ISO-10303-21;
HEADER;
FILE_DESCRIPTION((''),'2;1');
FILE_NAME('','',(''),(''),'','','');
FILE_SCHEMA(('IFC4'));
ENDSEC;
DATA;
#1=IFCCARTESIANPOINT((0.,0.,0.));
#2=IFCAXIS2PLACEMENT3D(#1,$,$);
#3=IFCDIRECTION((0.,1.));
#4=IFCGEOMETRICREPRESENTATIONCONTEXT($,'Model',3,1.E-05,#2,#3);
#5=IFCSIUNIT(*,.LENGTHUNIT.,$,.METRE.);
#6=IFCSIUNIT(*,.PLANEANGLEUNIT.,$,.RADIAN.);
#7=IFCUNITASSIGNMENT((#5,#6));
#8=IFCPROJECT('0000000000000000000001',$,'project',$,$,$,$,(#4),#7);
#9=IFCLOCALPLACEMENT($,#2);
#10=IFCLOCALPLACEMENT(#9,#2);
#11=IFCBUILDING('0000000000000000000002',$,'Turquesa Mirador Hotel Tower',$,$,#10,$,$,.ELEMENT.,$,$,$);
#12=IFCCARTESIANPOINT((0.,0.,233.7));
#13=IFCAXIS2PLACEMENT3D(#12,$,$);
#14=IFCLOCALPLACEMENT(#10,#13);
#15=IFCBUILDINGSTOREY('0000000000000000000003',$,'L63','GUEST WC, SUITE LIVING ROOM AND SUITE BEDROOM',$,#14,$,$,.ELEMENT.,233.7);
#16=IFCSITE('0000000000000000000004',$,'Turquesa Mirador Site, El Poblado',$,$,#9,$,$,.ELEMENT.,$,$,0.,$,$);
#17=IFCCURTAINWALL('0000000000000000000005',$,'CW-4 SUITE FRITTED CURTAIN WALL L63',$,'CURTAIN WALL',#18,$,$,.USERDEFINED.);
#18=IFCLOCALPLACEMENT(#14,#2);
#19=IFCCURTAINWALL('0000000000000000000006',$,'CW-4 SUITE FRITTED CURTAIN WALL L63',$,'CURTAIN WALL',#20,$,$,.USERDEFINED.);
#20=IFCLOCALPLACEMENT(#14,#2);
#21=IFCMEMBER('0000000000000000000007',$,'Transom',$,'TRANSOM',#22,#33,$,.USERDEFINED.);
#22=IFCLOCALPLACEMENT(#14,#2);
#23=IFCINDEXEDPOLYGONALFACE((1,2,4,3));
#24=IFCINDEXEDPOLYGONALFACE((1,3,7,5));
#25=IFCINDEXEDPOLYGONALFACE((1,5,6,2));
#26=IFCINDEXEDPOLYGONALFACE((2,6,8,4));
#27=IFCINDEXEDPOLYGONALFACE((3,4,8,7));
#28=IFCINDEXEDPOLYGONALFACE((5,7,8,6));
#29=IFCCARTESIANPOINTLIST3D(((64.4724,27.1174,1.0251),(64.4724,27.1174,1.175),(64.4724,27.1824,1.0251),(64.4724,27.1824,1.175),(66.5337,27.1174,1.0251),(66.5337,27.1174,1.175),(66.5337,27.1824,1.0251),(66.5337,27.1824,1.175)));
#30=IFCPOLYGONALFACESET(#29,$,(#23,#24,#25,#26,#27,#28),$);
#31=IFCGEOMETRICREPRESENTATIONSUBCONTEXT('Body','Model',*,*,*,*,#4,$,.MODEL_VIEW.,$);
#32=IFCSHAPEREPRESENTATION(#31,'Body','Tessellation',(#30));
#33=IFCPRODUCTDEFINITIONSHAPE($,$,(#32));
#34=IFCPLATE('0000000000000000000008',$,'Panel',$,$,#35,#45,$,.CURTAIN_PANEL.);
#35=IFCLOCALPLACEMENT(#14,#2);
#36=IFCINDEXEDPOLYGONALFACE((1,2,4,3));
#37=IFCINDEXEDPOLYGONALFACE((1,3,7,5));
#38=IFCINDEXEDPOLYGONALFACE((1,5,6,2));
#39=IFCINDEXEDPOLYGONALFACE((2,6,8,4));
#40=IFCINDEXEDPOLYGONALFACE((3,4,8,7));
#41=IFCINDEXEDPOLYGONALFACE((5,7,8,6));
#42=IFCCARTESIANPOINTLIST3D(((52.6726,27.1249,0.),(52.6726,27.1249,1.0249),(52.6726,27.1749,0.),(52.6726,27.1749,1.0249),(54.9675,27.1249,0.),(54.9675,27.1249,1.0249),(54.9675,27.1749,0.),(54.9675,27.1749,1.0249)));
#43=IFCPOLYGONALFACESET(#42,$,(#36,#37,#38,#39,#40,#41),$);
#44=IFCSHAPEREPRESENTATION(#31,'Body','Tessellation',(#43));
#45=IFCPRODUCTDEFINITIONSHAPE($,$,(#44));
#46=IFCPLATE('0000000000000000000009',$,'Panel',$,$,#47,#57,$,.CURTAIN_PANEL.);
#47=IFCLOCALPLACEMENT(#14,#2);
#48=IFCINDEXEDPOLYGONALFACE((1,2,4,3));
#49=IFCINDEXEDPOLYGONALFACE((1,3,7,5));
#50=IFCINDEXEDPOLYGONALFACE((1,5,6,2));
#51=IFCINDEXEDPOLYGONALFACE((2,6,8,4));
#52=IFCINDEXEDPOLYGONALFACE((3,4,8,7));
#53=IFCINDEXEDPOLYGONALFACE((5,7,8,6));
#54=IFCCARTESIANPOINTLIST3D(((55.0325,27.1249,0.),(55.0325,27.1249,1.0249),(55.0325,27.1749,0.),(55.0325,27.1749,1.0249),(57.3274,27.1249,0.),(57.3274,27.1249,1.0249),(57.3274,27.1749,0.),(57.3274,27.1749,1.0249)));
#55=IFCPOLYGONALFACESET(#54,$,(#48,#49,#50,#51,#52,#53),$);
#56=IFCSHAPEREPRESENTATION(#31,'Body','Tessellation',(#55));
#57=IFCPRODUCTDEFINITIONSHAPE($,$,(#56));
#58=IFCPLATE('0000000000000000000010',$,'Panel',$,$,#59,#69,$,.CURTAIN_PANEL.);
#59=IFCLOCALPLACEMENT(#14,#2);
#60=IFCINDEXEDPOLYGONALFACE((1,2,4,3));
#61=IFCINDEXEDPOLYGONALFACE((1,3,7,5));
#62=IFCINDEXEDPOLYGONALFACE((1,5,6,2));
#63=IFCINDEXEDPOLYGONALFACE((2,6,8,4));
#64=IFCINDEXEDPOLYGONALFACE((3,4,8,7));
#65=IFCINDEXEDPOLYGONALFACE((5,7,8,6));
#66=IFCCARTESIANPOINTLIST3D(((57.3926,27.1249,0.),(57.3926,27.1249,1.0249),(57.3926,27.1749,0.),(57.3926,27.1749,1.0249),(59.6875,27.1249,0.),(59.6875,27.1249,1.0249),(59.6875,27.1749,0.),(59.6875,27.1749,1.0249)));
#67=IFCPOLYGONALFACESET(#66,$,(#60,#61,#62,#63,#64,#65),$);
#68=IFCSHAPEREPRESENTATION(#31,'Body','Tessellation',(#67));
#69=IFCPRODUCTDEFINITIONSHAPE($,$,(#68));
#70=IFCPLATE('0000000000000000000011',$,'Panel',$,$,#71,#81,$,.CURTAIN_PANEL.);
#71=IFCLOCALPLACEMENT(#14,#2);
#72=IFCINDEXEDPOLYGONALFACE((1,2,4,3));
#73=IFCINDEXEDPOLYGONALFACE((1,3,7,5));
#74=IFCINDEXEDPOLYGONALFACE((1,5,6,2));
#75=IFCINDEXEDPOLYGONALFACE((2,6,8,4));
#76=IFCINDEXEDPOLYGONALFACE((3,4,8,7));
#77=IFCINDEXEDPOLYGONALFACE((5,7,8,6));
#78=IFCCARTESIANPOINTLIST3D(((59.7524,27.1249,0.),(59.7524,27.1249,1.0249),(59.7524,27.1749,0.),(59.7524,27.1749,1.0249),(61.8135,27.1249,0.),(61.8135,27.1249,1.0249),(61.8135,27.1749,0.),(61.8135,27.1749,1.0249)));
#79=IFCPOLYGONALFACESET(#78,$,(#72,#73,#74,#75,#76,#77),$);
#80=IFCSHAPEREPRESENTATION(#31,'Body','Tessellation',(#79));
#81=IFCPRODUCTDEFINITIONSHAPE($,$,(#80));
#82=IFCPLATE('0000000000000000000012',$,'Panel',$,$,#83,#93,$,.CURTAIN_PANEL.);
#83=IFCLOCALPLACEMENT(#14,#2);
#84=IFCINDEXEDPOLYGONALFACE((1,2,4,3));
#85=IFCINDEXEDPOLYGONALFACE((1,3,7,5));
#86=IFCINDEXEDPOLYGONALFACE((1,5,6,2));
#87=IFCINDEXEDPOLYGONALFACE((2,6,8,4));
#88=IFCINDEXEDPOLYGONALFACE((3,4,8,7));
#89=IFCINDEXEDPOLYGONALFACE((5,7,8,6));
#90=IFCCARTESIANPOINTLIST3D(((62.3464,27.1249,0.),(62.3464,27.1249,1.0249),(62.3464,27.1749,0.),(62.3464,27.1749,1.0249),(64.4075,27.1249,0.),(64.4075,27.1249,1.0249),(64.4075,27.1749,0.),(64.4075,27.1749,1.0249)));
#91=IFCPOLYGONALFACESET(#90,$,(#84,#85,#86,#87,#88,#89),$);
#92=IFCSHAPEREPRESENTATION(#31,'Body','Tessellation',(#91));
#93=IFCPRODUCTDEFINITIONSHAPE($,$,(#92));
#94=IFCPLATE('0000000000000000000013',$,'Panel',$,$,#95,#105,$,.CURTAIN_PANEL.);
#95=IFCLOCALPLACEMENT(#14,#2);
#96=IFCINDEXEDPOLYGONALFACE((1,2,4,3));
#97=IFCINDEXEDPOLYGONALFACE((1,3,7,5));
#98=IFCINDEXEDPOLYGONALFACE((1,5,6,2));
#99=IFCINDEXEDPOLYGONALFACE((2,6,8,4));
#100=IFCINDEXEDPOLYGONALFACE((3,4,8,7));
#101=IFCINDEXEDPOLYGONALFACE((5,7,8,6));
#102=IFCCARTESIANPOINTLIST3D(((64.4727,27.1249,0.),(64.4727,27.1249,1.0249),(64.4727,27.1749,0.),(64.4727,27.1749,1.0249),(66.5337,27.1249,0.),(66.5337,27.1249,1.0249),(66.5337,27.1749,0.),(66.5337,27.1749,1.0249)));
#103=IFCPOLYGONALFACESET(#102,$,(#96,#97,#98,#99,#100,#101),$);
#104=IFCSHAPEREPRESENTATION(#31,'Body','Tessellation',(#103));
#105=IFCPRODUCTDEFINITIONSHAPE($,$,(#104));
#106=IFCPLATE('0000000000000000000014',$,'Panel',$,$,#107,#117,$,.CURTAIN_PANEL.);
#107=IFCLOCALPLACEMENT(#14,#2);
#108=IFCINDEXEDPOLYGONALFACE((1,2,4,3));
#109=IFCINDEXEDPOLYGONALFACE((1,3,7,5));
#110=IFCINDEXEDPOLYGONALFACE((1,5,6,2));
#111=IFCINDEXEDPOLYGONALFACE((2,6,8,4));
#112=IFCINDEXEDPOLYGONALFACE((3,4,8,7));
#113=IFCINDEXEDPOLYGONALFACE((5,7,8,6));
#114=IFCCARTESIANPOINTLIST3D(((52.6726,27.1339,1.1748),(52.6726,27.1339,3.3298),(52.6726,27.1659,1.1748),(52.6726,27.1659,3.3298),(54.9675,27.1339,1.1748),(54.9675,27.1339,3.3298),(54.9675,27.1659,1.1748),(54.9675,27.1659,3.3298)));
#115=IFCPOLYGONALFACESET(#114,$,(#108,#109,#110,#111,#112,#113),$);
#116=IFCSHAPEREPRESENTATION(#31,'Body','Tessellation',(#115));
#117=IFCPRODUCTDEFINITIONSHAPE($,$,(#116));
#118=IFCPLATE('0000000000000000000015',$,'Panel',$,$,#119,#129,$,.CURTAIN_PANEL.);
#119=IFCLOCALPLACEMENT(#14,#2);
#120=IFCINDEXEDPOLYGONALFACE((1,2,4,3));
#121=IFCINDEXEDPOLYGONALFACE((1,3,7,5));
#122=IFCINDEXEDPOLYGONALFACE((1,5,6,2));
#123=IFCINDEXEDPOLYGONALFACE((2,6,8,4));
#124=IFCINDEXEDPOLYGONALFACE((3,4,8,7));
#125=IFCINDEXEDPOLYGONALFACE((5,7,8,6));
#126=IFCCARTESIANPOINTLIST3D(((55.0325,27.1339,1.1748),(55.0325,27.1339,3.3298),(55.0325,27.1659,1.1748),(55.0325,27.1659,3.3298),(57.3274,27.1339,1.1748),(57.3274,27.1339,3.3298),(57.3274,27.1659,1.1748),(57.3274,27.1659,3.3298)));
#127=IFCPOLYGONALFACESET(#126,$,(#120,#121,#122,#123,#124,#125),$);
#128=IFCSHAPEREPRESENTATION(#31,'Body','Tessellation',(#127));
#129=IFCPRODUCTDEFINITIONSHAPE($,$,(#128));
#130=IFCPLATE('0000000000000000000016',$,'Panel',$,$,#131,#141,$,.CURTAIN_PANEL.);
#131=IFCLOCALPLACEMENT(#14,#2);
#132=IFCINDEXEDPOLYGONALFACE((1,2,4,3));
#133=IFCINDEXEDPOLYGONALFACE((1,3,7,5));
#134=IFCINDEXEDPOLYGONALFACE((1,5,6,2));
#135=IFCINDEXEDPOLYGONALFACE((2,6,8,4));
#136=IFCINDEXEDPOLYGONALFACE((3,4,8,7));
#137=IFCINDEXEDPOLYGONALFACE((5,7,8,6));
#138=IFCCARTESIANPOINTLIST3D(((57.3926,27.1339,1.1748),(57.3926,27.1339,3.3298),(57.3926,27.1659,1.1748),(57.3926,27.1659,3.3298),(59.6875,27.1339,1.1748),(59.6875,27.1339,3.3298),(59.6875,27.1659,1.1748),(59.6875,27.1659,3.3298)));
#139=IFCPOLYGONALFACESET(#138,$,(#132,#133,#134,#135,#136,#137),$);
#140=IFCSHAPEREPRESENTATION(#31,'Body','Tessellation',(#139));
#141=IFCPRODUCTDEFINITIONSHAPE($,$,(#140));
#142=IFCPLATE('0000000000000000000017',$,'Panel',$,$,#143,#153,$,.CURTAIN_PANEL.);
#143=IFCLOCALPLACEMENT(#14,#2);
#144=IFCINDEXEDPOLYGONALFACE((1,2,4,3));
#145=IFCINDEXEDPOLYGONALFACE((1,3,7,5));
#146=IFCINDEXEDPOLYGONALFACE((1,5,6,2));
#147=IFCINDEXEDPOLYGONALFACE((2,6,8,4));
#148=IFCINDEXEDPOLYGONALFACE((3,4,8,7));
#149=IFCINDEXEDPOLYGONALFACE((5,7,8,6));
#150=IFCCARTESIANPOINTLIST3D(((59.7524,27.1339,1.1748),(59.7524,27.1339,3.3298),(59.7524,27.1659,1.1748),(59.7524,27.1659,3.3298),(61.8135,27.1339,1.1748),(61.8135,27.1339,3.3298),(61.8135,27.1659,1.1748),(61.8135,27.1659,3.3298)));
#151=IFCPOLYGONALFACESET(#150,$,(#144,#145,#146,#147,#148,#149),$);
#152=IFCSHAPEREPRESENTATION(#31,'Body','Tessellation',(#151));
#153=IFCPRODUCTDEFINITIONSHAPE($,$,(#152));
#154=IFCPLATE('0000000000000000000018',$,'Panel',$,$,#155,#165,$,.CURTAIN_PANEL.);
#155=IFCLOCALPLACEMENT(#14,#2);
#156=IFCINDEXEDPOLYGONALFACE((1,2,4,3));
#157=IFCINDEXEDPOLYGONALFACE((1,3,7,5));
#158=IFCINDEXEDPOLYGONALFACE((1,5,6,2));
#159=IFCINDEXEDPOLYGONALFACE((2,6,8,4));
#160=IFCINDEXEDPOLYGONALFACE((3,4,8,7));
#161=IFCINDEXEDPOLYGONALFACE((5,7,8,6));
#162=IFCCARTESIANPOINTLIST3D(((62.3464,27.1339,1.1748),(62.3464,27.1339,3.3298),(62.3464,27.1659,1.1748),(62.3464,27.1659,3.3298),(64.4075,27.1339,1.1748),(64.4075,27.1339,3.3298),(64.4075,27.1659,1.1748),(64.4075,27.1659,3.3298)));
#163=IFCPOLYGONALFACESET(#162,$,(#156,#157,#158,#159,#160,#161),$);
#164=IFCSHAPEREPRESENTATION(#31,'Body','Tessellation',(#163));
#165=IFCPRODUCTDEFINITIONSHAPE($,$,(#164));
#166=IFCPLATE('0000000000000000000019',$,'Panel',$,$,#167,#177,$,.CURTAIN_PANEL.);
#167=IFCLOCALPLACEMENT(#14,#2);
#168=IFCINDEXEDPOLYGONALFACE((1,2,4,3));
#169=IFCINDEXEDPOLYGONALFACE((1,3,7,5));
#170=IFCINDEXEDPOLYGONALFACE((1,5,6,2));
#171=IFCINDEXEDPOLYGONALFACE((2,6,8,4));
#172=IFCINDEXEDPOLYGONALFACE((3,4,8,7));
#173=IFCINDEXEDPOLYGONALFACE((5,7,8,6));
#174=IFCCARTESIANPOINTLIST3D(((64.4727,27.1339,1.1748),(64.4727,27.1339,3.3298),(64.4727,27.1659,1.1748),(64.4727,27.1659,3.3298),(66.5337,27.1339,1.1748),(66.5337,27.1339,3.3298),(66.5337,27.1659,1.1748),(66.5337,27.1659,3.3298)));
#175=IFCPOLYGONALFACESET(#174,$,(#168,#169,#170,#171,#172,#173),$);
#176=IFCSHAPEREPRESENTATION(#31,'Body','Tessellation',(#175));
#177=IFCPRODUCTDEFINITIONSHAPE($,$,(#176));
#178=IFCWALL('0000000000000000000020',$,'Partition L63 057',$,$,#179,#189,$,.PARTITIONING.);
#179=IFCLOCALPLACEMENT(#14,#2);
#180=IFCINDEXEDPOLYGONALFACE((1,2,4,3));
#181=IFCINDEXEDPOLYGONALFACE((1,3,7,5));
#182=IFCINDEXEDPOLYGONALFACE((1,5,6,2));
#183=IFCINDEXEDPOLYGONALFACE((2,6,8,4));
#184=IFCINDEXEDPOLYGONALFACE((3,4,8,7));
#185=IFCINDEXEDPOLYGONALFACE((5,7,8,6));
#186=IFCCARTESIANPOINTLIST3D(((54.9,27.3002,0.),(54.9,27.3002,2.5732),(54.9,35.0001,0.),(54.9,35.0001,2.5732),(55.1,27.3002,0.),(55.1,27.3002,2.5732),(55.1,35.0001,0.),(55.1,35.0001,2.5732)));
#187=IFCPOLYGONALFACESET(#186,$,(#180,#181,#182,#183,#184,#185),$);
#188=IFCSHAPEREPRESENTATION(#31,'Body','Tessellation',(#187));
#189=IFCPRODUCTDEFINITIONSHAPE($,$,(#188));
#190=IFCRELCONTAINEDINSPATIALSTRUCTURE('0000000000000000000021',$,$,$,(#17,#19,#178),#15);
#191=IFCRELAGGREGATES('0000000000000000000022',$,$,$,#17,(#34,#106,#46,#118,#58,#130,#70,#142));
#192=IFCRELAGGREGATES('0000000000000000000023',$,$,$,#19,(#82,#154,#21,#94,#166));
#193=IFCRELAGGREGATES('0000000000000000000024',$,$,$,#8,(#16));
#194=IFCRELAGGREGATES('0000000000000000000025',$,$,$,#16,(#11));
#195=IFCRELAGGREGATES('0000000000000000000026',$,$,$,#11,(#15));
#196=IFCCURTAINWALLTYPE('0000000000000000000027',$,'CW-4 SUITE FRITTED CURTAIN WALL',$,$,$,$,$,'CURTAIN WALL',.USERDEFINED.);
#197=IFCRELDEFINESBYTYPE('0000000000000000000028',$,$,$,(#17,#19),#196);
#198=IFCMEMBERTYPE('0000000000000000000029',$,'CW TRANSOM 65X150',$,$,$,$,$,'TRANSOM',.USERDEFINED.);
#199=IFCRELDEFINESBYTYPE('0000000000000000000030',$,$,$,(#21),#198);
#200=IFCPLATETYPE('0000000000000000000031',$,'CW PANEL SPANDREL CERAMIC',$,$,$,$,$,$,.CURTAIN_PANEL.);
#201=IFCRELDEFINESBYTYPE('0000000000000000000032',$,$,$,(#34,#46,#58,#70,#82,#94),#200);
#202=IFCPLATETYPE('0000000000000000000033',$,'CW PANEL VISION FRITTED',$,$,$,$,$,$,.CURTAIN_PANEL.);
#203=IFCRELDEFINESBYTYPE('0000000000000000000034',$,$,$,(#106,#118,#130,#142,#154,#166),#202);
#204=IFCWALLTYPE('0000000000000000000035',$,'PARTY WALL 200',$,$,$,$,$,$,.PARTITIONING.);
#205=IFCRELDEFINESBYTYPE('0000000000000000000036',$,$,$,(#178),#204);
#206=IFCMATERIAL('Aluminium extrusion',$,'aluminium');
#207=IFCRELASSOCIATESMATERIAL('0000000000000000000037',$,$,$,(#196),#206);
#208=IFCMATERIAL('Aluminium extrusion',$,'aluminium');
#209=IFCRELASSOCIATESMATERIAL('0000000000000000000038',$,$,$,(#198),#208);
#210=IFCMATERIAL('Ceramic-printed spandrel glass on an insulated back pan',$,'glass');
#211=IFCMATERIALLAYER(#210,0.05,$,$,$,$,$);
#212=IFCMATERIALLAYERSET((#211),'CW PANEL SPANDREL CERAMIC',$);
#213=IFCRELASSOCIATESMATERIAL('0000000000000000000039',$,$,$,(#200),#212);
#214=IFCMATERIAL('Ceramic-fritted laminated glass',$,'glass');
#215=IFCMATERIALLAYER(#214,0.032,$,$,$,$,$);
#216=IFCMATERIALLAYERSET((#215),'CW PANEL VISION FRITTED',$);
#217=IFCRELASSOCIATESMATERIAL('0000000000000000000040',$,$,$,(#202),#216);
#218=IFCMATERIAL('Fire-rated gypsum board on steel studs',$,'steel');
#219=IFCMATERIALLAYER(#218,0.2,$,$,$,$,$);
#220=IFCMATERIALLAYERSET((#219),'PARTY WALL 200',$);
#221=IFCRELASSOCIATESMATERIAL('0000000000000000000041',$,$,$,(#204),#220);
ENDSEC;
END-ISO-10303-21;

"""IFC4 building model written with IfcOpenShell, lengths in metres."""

from ifc_helpers import new_model, si_unit, direction, frame, frame_2d, origin, origin_2d, place, context, subcontext, project, spatial, rectangle, extrude, material, layer, layer_set, material_profile, profile_set, type_object, element, aggregate, save


model = new_model("IFC4")

# Units and contexts
model_context = context("Model", 3, precision=1e-05, world=origin(), true_north=direction((0.0, 1.0)))
body_context = subcontext(model_context, "Body", "Model", "MODEL_VIEW")
ifc_project = project(units=[si_unit("LENGTHUNIT", "METRE"), si_unit("PLANEANGLEUNIT", "RADIAN")], contexts=[model_context])

# Site, building, storey
site_placement = place(None, origin())
site = spatial("IfcSite", under=ifc_project, at=site_placement, Name="Turquesa Mirador Site, El Poblado", CompositionType="ELEMENT", RefElevation=0.0)
building_placement = place(site_placement, origin())
building = spatial("IfcBuilding", under=site, at=building_placement, Name="Turquesa Mirador Hotel Tower", CompositionType="ELEMENT")
storey_placement = place(building_placement, frame((0.0, 0.0, 233.7)))
storey = spatial("IfcBuildingStorey", under=building, at=storey_placement, Name="L63", Description="GUEST WC, SUITE LIVING ROOM AND SUITE BEDROOM", CompositionType="ELEMENT", Elevation=233.7)

# Curtain walls
ifc_material_1 = material(Name="Aluminium extrusion", Category="aluminium")
curtain_wall_type = type_object("IfcCurtainWallType", Name="CW-4 SUITE FRITTED CURTAIN WALL", ElementType="CURTAIN WALL", PredefinedType="USERDEFINED", material=ifc_material_1)
curtain_wall_1_placement = place(storey_placement, origin())
curtain_wall_1 = element("IfcCurtainWall", 1, at=curtain_wall_1_placement, inside=storey, type_object=curtain_wall_type, Name="CW-4 SUITE FRITTED CURTAIN WALL L63", ObjectType="CURTAIN WALL", PredefinedType="USERDEFINED")
curtain_wall_2_placement = place(storey_placement, origin())
curtain_wall_2 = element("IfcCurtainWall", 2, at=curtain_wall_2_placement, inside=storey, type_object=curtain_wall_type, Name="CW-4 SUITE FRITTED CURTAIN WALL L63", ObjectType="CURTAIN WALL", PredefinedType="USERDEFINED")

# Member
ifc_material_2 = material(Name="Aluminium extrusion", Category="aluminium")
ifc_material_profile_1 = material_profile(ifc_material_2, rectangle(XDim=0.0649, YDim=0.1499, at=origin_2d()), Name="TRANSOM 65X150")
ifc_profile_set_1 = profile_set([ifc_material_profile_1], Name="Aluminium extrusion")
member_type_1 = type_object("IfcMemberType", Name="CW TRANSOM 65X150", ElementType="TRANSOM", PredefinedType="USERDEFINED", material=ifc_profile_set_1)
member_1_placement = place(storey_placement, frame((64.4724, 27.1499, 1.1001), z_axis=(1.0, 0.0, 0.0), x_axis=(0.0, 1.0, 0.0)))
member_1 = element("IfcMember", 3, at=member_1_placement, type_object=member_type_1, Name="Transom", ObjectType="TRANSOM", PredefinedType="USERDEFINED", context=body_context, shape_type="SweptSolid", body=[
    extrude(rectangle(XDim=0.0649, YDim=0.1499, at=origin_2d()), origin(), (0.0, 0.0, 1.0), 2.0613),
])

# Plates
ifc_material_3 = material(Name="Ceramic-printed spandrel glass on an insulated back pan", Category="glass")
ifc_layer_1 = layer(ifc_material_3, 0.05)
ifc_layer_set_1 = layer_set([ifc_layer_1], Name="CW PANEL SPANDREL CERAMIC")
plate_type_1 = type_object("IfcPlateType", Name="CW PANEL SPANDREL CERAMIC", PredefinedType="CURTAIN_PANEL", material=ifc_layer_set_1)
plate_1_placement = place(storey_placement, frame((53.8201, 27.1499, 0.0), z_axis=(0.0, 0.0, 1.0), x_axis=(1.0, 0.0, 0.0)))
plate_1 = element("IfcPlate", 4, at=plate_1_placement, type_object=plate_type_1, Name="Panel", PredefinedType="CURTAIN_PANEL", context=body_context, shape_type="SweptSolid", body=[
    extrude(rectangle(XDim=2.2949, YDim=0.05, at=origin_2d()), origin(), (0.0, 0.0, 1.0), 1.0249),
])
plate_2_placement = place(storey_placement, frame((56.1799, 27.1499, 0.0), z_axis=(0.0, 0.0, 1.0), x_axis=(1.0, 0.0, 0.0)))
plate_2 = element("IfcPlate", 5, at=plate_2_placement, type_object=plate_type_1, Name="Panel", PredefinedType="CURTAIN_PANEL", context=body_context, shape_type="SweptSolid", body=[
    extrude(rectangle(XDim=2.2949, YDim=0.05, at=origin_2d()), origin(), (0.0, 0.0, 1.0), 1.0249),
])
plate_3_placement = place(storey_placement, frame((58.54, 27.1499, 0.0), z_axis=(0.0, 0.0, 1.0), x_axis=(1.0, 0.0, 0.0)))
plate_3 = element("IfcPlate", 6, at=plate_3_placement, type_object=plate_type_1, Name="Panel", PredefinedType="CURTAIN_PANEL", context=body_context, shape_type="SweptSolid", body=[
    extrude(rectangle(XDim=2.2949, YDim=0.05, at=origin_2d()), origin(), (0.0, 0.0, 1.0), 1.0249),
])
plate_4_placement = place(storey_placement, frame((60.783, 27.1499, 0.0), z_axis=(0.0, 0.0, 1.0), x_axis=(1.0, 0.0, 0.0)))
plate_4 = element("IfcPlate", 7, at=plate_4_placement, type_object=plate_type_1, Name="Panel", PredefinedType="CURTAIN_PANEL", context=body_context, shape_type="SweptSolid", body=[
    extrude(rectangle(XDim=2.061, YDim=0.05, at=origin_2d()), origin(), (0.0, 0.0, 1.0), 1.0249),
])
plate_5_placement = place(storey_placement, frame((63.377, 27.1499, 0.0), z_axis=(0.0, 0.0, 1.0), x_axis=(1.0, 0.0, 0.0)))
plate_5 = element("IfcPlate", 8, at=plate_5_placement, type_object=plate_type_1, Name="Panel", PredefinedType="CURTAIN_PANEL", context=body_context, shape_type="SweptSolid", body=[
    extrude(rectangle(XDim=2.061, YDim=0.05, at=origin_2d()), origin(), (0.0, 0.0, 1.0), 1.0249),
])
plate_6_placement = place(storey_placement, frame((65.5032, 27.1499, 0.0), z_axis=(0.0, 0.0, 1.0), x_axis=(1.0, 0.0, 0.0)))
plate_6 = element("IfcPlate", 9, at=plate_6_placement, type_object=plate_type_1, Name="Panel", PredefinedType="CURTAIN_PANEL", context=body_context, shape_type="SweptSolid", body=[
    extrude(rectangle(XDim=2.061, YDim=0.05, at=origin_2d()), origin(), (0.0, 0.0, 1.0), 1.0249),
])
ifc_material_4 = material(Name="Ceramic-fritted laminated glass", Category="glass")
ifc_layer_2 = layer(ifc_material_4, 0.032)
ifc_layer_set_2 = layer_set([ifc_layer_2], Name="CW PANEL VISION FRITTED")
plate_type_2 = type_object("IfcPlateType", Name="CW PANEL VISION FRITTED", PredefinedType="CURTAIN_PANEL", material=ifc_layer_set_2)
plate_7_placement = place(storey_placement, frame((53.8201, 27.1499, 1.1748), z_axis=(0.0, 0.0, 1.0), x_axis=(1.0, 0.0, 0.0)))
plate_7 = element("IfcPlate", 10, at=plate_7_placement, type_object=plate_type_2, Name="Panel", PredefinedType="CURTAIN_PANEL", context=body_context, shape_type="SweptSolid", body=[
    extrude(rectangle(XDim=2.2949, YDim=0.032, at=origin_2d()), origin(), (0.0, 0.0, 1.0), 2.155),
])
plate_8_placement = place(storey_placement, frame((56.1799, 27.1499, 1.1748), z_axis=(0.0, 0.0, 1.0), x_axis=(1.0, 0.0, 0.0)))
plate_8 = element("IfcPlate", 11, at=plate_8_placement, type_object=plate_type_2, Name="Panel", PredefinedType="CURTAIN_PANEL", context=body_context, shape_type="SweptSolid", body=[
    extrude(rectangle(XDim=2.2949, YDim=0.032, at=origin_2d()), origin(), (0.0, 0.0, 1.0), 2.155),
])
plate_9_placement = place(storey_placement, frame((58.54, 27.1499, 1.1748), z_axis=(0.0, 0.0, 1.0), x_axis=(1.0, 0.0, 0.0)))
plate_9 = element("IfcPlate", 12, at=plate_9_placement, type_object=plate_type_2, Name="Panel", PredefinedType="CURTAIN_PANEL", context=body_context, shape_type="SweptSolid", body=[
    extrude(rectangle(XDim=2.2949, YDim=0.032, at=origin_2d()), origin(), (0.0, 0.0, 1.0), 2.155),
])
plate_10_placement = place(storey_placement, frame((60.783, 27.1499, 1.1748), z_axis=(0.0, 0.0, 1.0), x_axis=(1.0, 0.0, 0.0)))
plate_10 = element("IfcPlate", 13, at=plate_10_placement, type_object=plate_type_2, Name="Panel", PredefinedType="CURTAIN_PANEL", context=body_context, shape_type="SweptSolid", body=[
    extrude(rectangle(XDim=2.061, YDim=0.032, at=origin_2d()), origin(), (0.0, 0.0, 1.0), 2.155),
])
aggregate(curtain_wall_1, [plate_1, plate_7, plate_2, plate_8, plate_3, plate_9, plate_4, plate_10])
plate_11_placement = place(storey_placement, frame((63.377, 27.1499, 1.1748), z_axis=(0.0, 0.0, 1.0), x_axis=(1.0, 0.0, 0.0)))
plate_11 = element("IfcPlate", 14, at=plate_11_placement, type_object=plate_type_2, Name="Panel", PredefinedType="CURTAIN_PANEL", context=body_context, shape_type="SweptSolid", body=[
    extrude(rectangle(XDim=2.061, YDim=0.032, at=origin_2d()), origin(), (0.0, 0.0, 1.0), 2.155),
])
plate_12_placement = place(storey_placement, frame((65.5032, 27.1499, 1.1748), z_axis=(0.0, 0.0, 1.0), x_axis=(1.0, 0.0, 0.0)))
plate_12 = element("IfcPlate", 15, at=plate_12_placement, type_object=plate_type_2, Name="Panel", PredefinedType="CURTAIN_PANEL", context=body_context, shape_type="SweptSolid", body=[
    extrude(rectangle(XDim=2.061, YDim=0.032, at=origin_2d()), origin(), (0.0, 0.0, 1.0), 2.155),
])
aggregate(curtain_wall_2, [plate_5, plate_11, member_1, plate_6, plate_12])

# Wall
ifc_material_5 = material(Name="Fire-rated gypsum board on steel studs", Category="steel")
ifc_layer_3 = layer(ifc_material_5, 0.2)
ifc_layer_set_3 = layer_set([ifc_layer_3], Name="PARTY WALL 200")
wall_type_1 = type_object("IfcWallType", Name="PARTY WALL 200", PredefinedType="PARTITIONING", material=ifc_layer_set_3)
wall_1_placement = place(storey_placement, frame((55.0, 27.3, 0.0), z_axis=(0.0, 0.0, 1.0), x_axis=(0.0, 1.0, 0.0)))
element("IfcWall", 16, at=wall_1_placement, inside=storey, type_object=wall_type_1, Name="Partition L63 057", PredefinedType="PARTITIONING", context=body_context, shape_type="SweptSolid", body=[
    extrude(rectangle(XDim=7.7, YDim=0.2, at=frame_2d((3.8501, 0.0))), origin(), (0.0, 0.0, 1.0), 2.5732),
])

save(model, "model.ifc")
